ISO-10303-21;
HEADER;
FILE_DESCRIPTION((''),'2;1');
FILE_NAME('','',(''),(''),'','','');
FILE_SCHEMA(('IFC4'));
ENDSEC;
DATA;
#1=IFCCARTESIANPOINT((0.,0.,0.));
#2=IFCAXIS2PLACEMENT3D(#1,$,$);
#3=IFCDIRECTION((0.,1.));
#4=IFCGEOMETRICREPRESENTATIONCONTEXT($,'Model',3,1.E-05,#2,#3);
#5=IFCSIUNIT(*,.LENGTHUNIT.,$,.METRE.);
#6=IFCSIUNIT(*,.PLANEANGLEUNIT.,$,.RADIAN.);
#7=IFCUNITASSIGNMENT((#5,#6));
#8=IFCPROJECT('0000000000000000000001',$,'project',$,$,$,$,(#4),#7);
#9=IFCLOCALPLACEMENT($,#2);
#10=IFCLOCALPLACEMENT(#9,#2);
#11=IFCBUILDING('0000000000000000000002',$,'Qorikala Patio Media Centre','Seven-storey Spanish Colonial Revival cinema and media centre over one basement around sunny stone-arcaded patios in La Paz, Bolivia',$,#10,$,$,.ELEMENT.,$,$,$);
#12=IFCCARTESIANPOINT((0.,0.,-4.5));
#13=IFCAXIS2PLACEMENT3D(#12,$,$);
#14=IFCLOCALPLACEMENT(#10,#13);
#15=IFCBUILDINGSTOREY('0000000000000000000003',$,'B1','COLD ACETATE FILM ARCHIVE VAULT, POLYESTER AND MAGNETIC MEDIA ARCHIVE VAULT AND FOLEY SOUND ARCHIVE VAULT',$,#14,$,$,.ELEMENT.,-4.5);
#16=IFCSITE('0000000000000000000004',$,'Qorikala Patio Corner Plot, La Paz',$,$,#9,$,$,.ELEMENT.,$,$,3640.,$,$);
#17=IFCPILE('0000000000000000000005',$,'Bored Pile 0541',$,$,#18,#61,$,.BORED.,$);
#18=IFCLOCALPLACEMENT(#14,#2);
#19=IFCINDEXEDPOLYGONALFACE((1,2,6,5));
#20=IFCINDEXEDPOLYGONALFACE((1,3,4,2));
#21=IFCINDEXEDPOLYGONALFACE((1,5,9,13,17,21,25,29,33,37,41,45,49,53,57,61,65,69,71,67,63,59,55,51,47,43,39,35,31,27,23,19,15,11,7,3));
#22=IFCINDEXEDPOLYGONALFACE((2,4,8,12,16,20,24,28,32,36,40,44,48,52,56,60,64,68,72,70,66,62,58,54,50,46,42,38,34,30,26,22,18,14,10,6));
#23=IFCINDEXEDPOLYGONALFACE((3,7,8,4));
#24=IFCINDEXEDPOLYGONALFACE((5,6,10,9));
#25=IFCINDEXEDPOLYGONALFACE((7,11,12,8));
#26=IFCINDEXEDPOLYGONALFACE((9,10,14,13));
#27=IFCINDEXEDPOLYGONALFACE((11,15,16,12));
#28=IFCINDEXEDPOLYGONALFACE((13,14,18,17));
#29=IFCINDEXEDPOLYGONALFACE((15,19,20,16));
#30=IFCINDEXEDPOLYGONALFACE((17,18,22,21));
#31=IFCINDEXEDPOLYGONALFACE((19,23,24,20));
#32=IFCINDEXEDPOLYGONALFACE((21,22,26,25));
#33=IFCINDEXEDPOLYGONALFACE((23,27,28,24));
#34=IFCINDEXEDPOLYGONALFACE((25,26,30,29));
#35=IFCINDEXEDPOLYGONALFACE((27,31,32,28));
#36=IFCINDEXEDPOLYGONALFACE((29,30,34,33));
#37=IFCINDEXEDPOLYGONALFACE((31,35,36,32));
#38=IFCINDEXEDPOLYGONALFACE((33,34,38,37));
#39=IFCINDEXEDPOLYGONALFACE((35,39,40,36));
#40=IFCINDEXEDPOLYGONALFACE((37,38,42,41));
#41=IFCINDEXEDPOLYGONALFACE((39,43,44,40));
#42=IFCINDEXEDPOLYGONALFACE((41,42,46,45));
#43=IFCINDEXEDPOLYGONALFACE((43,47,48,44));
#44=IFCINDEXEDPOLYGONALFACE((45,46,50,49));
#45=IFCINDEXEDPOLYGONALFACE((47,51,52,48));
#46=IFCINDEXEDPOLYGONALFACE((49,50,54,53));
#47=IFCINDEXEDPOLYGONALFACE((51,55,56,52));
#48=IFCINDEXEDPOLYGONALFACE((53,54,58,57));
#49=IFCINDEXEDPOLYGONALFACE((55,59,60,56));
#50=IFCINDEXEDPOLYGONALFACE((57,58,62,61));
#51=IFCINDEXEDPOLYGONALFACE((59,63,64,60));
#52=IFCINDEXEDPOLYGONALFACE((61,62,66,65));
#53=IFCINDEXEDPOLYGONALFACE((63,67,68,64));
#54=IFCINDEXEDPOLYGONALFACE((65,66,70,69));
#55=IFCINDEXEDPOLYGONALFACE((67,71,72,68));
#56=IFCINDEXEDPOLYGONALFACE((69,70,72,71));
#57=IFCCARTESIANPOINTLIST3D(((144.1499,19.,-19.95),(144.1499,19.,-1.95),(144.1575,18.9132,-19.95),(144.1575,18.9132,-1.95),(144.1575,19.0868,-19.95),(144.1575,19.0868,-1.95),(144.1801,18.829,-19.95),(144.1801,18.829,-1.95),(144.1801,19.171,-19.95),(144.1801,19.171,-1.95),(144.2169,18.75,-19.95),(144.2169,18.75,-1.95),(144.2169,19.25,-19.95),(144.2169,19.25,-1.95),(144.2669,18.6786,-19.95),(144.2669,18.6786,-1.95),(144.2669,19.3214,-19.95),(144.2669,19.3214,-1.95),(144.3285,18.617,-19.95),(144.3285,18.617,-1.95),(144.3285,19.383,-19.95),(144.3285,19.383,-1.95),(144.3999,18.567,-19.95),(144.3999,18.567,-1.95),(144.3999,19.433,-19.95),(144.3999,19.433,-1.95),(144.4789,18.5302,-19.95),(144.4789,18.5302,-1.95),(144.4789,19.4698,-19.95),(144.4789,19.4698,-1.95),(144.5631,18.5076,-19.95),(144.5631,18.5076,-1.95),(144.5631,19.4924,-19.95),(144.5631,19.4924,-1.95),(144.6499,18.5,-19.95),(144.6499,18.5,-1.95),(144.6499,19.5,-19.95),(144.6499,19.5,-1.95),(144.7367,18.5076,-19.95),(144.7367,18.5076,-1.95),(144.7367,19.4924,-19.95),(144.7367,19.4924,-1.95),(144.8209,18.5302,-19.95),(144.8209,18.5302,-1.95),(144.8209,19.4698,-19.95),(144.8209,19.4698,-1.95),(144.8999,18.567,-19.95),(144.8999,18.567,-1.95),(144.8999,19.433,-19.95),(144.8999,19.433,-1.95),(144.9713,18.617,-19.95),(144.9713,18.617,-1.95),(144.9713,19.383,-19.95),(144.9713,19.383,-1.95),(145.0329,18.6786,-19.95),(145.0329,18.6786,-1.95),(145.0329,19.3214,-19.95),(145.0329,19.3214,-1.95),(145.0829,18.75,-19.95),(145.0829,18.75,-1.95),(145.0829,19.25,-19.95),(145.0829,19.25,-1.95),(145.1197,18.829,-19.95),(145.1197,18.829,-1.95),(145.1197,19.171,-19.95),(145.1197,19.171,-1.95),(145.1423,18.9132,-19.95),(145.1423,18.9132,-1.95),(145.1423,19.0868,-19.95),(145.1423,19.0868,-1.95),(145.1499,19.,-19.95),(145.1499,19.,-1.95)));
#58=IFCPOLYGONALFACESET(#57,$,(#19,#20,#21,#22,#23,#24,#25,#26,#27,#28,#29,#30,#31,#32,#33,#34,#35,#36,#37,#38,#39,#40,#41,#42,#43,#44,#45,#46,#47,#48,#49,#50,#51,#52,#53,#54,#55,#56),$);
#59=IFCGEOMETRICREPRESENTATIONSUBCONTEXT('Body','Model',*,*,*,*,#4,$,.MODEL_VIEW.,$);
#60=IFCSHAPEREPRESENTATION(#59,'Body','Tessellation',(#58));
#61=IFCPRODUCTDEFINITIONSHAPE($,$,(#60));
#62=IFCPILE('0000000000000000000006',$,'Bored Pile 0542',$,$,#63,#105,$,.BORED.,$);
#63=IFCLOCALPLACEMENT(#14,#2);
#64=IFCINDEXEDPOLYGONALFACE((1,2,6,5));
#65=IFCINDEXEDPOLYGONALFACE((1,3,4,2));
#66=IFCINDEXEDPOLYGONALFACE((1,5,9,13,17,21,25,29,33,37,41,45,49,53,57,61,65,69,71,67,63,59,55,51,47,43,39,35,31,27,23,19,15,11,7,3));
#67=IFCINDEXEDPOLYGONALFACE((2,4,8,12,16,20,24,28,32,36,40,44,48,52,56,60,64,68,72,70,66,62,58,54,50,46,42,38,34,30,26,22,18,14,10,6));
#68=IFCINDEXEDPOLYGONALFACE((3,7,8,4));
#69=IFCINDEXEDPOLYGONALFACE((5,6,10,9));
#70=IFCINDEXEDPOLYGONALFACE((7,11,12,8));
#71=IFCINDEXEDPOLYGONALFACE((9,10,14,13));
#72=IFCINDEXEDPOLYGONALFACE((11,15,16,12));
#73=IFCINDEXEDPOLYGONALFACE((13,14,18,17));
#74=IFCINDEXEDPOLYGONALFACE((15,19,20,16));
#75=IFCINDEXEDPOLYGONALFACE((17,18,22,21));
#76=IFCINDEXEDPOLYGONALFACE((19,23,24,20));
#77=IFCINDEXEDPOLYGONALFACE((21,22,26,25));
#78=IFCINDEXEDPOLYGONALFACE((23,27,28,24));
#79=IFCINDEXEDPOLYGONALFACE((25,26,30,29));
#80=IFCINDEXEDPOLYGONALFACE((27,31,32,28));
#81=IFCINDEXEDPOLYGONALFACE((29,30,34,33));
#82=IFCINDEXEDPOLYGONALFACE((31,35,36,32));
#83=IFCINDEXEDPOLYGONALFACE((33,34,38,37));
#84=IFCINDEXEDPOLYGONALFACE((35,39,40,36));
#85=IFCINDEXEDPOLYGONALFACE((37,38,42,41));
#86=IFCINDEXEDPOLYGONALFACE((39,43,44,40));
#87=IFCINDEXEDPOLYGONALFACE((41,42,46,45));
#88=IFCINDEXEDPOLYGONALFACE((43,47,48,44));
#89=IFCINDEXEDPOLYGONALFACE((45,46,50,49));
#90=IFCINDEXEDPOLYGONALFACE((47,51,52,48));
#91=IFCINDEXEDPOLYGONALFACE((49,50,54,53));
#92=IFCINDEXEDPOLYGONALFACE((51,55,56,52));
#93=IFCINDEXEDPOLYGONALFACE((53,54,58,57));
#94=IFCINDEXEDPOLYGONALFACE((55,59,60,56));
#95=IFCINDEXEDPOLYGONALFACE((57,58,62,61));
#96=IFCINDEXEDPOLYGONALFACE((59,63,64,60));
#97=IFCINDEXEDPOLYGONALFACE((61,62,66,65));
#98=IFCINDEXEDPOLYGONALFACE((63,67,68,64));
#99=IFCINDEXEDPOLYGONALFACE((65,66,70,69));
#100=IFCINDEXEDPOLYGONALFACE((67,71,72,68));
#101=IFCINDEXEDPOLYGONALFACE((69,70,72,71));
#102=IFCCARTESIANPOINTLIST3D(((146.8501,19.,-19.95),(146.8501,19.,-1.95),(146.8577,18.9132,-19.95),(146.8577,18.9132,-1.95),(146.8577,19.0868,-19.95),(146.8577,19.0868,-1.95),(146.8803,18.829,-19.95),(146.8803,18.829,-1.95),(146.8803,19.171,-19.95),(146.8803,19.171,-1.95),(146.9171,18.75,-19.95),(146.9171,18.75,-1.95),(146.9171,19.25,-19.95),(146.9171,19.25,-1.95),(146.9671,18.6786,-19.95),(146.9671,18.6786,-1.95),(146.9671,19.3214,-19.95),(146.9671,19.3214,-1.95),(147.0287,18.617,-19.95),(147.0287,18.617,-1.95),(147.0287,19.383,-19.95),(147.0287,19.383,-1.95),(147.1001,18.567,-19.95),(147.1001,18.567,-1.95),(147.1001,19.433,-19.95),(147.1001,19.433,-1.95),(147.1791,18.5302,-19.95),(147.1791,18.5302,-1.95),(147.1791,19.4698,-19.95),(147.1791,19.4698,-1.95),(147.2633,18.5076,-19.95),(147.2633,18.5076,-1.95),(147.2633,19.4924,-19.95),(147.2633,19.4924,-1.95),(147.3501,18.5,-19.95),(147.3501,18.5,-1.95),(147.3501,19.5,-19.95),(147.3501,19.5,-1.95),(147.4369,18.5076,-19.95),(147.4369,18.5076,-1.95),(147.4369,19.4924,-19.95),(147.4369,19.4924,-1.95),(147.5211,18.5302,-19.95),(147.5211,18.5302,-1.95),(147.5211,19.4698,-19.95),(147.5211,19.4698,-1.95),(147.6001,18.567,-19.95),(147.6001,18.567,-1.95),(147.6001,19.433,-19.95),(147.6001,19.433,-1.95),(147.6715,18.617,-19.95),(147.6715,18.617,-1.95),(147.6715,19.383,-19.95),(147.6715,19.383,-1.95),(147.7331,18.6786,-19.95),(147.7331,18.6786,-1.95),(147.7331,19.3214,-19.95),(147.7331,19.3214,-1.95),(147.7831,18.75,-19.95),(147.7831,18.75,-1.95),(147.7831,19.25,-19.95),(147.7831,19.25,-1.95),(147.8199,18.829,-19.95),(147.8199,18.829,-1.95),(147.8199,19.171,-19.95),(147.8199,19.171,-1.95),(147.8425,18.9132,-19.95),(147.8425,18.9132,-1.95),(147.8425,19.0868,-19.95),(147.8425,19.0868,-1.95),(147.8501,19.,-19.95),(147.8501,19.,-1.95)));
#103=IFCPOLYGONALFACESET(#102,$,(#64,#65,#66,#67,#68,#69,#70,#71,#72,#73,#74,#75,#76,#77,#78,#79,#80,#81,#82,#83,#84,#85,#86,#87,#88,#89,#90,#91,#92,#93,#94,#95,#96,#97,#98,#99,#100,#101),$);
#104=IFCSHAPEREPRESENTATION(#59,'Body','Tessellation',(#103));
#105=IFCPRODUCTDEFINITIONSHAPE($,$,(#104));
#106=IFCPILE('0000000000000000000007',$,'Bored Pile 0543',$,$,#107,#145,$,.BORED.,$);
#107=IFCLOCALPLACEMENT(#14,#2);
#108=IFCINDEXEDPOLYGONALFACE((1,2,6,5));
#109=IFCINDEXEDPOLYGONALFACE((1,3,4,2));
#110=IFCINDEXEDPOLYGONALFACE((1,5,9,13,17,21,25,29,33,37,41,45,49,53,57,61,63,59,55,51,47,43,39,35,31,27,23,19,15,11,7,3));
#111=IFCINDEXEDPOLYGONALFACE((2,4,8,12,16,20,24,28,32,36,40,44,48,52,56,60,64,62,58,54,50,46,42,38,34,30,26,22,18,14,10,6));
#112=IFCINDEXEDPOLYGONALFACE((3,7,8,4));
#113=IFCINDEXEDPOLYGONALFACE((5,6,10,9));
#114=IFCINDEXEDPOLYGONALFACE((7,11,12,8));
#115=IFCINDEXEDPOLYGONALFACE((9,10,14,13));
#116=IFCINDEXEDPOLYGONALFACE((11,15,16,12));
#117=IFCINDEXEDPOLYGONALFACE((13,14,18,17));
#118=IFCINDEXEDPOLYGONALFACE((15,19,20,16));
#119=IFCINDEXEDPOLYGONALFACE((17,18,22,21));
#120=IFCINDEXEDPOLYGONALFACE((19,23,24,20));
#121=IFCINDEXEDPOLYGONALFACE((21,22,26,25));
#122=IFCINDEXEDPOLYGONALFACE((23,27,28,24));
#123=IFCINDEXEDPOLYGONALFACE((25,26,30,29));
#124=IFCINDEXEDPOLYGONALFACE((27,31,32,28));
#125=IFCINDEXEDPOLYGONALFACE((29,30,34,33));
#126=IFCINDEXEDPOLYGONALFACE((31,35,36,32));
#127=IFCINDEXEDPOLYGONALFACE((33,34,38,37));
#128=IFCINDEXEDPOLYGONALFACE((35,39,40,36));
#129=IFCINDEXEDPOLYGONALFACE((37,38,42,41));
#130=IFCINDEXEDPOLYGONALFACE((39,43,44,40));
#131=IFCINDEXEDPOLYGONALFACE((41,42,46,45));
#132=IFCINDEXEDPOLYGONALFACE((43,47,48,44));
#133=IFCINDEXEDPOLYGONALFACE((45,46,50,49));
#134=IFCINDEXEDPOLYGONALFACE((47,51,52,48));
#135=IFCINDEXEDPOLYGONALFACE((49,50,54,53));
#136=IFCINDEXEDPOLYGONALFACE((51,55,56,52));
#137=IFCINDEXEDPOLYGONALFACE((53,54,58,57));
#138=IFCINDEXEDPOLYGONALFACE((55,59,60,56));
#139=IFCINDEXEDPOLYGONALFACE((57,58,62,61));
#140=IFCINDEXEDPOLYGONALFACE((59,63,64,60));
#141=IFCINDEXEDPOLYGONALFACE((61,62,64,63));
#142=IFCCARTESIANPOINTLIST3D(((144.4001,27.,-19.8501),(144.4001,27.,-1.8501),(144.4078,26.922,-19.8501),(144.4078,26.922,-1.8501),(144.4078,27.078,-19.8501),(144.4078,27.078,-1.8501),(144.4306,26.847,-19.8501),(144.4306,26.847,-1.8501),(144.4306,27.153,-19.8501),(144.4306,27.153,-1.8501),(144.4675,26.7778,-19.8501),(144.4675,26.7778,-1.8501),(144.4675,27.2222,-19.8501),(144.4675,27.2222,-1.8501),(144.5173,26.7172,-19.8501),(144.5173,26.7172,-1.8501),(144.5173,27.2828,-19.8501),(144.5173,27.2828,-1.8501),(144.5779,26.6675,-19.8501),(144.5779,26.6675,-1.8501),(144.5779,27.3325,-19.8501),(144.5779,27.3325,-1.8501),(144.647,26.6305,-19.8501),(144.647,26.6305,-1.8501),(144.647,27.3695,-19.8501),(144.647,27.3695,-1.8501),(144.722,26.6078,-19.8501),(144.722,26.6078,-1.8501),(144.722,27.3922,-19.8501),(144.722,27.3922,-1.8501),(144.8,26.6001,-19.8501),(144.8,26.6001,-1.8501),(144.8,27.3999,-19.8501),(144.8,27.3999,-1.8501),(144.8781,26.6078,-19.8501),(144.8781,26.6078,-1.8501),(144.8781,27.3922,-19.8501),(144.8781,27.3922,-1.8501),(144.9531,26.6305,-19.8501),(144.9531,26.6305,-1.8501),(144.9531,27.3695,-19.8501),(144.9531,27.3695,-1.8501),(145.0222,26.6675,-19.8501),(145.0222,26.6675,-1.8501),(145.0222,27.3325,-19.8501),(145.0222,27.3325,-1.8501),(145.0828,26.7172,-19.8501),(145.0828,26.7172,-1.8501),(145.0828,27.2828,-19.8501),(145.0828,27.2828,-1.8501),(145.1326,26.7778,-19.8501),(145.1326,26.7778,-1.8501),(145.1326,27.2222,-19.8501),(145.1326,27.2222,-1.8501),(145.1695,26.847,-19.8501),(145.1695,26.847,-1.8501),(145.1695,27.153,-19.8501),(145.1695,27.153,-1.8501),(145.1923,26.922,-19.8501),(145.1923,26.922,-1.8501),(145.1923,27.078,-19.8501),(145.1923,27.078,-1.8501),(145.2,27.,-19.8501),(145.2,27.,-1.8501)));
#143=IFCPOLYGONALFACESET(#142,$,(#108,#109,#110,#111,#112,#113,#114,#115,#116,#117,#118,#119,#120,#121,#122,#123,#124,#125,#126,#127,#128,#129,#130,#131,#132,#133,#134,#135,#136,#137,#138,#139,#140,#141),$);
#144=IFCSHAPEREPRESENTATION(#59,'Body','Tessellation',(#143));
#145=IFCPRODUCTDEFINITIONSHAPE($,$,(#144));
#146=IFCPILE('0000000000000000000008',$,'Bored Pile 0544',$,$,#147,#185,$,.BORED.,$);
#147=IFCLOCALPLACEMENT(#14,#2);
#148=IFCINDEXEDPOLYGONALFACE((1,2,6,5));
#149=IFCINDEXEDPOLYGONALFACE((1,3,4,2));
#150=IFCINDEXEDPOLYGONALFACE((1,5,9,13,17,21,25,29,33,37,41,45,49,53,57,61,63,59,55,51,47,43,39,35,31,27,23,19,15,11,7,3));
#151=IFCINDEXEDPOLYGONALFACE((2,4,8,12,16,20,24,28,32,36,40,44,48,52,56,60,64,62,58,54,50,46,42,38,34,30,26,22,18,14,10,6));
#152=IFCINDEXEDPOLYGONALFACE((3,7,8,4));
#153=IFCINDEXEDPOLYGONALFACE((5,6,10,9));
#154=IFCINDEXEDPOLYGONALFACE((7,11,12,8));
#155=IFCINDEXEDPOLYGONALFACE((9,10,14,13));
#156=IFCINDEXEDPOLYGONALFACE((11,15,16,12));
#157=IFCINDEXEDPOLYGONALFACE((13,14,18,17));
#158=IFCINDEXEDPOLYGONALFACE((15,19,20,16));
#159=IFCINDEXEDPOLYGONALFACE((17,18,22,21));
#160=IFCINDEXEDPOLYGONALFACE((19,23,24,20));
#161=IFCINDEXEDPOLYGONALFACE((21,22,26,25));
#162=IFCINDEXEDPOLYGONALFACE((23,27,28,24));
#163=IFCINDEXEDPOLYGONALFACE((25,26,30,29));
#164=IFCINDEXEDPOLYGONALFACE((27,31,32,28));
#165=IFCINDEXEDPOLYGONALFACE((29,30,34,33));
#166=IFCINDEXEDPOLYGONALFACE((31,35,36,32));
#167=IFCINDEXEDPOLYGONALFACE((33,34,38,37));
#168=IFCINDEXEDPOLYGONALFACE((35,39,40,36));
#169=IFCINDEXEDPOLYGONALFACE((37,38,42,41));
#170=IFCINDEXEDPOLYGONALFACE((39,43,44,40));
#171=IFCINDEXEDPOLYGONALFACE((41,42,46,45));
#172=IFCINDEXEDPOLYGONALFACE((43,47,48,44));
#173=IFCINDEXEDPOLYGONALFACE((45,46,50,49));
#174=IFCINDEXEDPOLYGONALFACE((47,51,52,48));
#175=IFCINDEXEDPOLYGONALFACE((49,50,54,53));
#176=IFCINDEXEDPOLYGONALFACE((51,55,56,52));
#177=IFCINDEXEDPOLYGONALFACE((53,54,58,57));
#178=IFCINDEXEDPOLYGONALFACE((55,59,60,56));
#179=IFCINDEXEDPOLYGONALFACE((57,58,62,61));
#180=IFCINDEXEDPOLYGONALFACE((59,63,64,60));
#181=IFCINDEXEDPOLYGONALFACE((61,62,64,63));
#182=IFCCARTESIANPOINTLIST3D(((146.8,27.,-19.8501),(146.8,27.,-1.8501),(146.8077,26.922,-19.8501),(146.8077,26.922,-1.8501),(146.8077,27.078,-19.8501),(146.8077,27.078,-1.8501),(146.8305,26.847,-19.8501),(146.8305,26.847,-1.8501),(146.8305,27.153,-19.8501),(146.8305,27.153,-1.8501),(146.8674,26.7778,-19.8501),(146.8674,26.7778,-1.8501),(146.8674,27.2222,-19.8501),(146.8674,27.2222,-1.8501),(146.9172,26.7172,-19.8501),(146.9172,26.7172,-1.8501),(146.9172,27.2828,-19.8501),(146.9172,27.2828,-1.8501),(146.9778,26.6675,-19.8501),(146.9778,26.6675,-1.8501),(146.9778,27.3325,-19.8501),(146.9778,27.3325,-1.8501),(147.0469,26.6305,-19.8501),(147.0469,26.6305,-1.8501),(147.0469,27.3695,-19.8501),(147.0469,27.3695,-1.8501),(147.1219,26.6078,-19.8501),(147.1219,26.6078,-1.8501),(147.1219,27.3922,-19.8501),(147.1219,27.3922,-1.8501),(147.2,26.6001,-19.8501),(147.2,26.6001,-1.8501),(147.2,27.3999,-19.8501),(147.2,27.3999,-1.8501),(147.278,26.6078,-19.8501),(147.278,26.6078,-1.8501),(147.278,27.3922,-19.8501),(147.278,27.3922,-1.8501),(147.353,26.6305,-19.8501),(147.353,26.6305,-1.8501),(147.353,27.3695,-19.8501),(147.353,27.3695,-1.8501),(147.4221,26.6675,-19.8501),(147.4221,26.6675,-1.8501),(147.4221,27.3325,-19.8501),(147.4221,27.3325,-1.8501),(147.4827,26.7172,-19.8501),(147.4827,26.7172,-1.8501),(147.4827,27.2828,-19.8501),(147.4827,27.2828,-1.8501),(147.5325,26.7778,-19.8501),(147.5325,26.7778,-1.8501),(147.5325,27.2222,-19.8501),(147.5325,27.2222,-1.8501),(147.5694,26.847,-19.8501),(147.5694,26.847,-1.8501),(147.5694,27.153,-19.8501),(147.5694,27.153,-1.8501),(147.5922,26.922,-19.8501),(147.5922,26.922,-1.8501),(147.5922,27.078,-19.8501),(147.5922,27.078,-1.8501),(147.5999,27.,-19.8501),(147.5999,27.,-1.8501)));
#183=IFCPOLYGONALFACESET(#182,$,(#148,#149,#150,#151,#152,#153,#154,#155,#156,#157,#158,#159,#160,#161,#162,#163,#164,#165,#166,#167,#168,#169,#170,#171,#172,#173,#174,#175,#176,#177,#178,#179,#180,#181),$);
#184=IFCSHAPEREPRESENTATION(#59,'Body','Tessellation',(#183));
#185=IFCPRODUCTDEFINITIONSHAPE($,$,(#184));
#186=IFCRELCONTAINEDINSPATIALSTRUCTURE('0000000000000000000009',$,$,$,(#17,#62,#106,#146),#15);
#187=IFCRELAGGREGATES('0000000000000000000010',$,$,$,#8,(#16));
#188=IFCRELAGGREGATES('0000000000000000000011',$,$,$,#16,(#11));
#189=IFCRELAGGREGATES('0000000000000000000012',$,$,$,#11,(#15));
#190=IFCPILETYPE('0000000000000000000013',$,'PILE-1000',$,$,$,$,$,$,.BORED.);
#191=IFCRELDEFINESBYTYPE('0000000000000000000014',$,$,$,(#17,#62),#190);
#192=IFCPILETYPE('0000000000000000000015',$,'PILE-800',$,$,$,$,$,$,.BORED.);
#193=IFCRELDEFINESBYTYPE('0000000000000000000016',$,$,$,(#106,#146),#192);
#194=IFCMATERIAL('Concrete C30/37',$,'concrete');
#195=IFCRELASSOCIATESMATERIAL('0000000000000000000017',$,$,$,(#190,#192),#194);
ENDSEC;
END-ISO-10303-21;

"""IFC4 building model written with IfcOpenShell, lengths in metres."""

from ifc_helpers import new_model, si_unit, direction, frame, origin, origin_2d, place, context, subcontext, project, spatial, circle, extrude, material, material_profile, profile_set, type_object, element, save


model = new_model("IFC4")

# Units and contexts
model_context = context("Model", 3, precision=1e-05, world=origin(), true_north=direction((0.0, 1.0)))
body_context = subcontext(model_context, "Body", "Model", "MODEL_VIEW")
ifc_project = project(units=[si_unit("LENGTHUNIT", "METRE"), si_unit("PLANEANGLEUNIT", "RADIAN")], contexts=[model_context])

# Site, building, storey
site_placement = place(None, origin())
site = spatial("IfcSite", under=ifc_project, at=site_placement, Name="Qorikala Patio Corner Plot, La Paz", CompositionType="ELEMENT", RefElevation=3640.0)
building_placement = place(site_placement, origin())
building = spatial("IfcBuilding", under=site, at=building_placement, Name="Qorikala Patio Media Centre", Description="Seven-storey Spanish Colonial Revival cinema and media centre over one basement around sunny stone-arcaded patios in La Paz, Bolivia", CompositionType="ELEMENT")
storey_placement = place(building_placement, frame((0.0, 0.0, -4.5)))
storey = spatial("IfcBuildingStorey", under=building, at=storey_placement, Name="B1", Description="COLD ACETATE FILM ARCHIVE VAULT, POLYESTER AND MAGNETIC MEDIA ARCHIVE VAULT AND FOLEY SOUND ARCHIVE VAULT", CompositionType="ELEMENT", Elevation=-4.5)

# Shared definitions
ifc_material_1 = material(Name="Concrete C30/37", Category="concrete")

# Piles
ifc_material_profile_1 = material_profile(ifc_material_1, circle(Radius=0.5, at=origin_2d()), Name="BORED PILE 1000")
ifc_profile_set_1 = profile_set([ifc_material_profile_1], Name="Concrete C30/37")
pile_type_1 = type_object("IfcPileType", Name="PILE-1000", PredefinedType="BORED", material=ifc_profile_set_1)
for number, where, z_axis, x_axis, name in (
    (1, (144.6499, 19.0, -1.95), (0.0, 0.0, -1.0), (1.0, 0.0, 0.0), "Bored Pile 0541"),
    (2, (147.3501, 19.0, -1.95), (0.0, 0.0, -1.0), (1.0, 0.0, 0.0), "Bored Pile 0542"),
):
    element("IfcPile", number, at=place(storey_placement, frame(where, z_axis=z_axis, x_axis=x_axis)), inside=storey, type_object=pile_type_1, Name=name, PredefinedType="BORED", context=body_context, shape_type="SweptSolid", body=[
        extrude(circle(Radius=0.5, at=origin_2d()), origin(), (0.0, 0.0, 1.0), 18.0),
    ])
ifc_material_profile_2 = material_profile(ifc_material_1, circle(Radius=0.3999, at=origin_2d()), Name="BORED PILE 800")
ifc_profile_set_2 = profile_set([ifc_material_profile_2], Name="Concrete C30/37")
pile_type_2 = type_object("IfcPileType", Name="PILE-800", PredefinedType="BORED", material=ifc_profile_set_2)
for number, where, z_axis, x_axis, name in (
    (3, (144.8, 27.0, -1.8501), (0.0, 0.0, -1.0), (1.0, 0.0, 0.0), "Bored Pile 0543"),
    (4, (147.2, 27.0, -1.8501), (0.0, 0.0, -1.0), (1.0, 0.0, 0.0), "Bored Pile 0544"),
):
    element("IfcPile", number, at=place(storey_placement, frame(where, z_axis=z_axis, x_axis=x_axis)), inside=storey, type_object=pile_type_2, Name=name, PredefinedType="BORED", context=body_context, shape_type="SweptSolid", body=[
        extrude(circle(Radius=0.3999, at=origin_2d()), origin(), (0.0, 0.0, 1.0), 18.0),
    ])

save(model, "model.ifc")
